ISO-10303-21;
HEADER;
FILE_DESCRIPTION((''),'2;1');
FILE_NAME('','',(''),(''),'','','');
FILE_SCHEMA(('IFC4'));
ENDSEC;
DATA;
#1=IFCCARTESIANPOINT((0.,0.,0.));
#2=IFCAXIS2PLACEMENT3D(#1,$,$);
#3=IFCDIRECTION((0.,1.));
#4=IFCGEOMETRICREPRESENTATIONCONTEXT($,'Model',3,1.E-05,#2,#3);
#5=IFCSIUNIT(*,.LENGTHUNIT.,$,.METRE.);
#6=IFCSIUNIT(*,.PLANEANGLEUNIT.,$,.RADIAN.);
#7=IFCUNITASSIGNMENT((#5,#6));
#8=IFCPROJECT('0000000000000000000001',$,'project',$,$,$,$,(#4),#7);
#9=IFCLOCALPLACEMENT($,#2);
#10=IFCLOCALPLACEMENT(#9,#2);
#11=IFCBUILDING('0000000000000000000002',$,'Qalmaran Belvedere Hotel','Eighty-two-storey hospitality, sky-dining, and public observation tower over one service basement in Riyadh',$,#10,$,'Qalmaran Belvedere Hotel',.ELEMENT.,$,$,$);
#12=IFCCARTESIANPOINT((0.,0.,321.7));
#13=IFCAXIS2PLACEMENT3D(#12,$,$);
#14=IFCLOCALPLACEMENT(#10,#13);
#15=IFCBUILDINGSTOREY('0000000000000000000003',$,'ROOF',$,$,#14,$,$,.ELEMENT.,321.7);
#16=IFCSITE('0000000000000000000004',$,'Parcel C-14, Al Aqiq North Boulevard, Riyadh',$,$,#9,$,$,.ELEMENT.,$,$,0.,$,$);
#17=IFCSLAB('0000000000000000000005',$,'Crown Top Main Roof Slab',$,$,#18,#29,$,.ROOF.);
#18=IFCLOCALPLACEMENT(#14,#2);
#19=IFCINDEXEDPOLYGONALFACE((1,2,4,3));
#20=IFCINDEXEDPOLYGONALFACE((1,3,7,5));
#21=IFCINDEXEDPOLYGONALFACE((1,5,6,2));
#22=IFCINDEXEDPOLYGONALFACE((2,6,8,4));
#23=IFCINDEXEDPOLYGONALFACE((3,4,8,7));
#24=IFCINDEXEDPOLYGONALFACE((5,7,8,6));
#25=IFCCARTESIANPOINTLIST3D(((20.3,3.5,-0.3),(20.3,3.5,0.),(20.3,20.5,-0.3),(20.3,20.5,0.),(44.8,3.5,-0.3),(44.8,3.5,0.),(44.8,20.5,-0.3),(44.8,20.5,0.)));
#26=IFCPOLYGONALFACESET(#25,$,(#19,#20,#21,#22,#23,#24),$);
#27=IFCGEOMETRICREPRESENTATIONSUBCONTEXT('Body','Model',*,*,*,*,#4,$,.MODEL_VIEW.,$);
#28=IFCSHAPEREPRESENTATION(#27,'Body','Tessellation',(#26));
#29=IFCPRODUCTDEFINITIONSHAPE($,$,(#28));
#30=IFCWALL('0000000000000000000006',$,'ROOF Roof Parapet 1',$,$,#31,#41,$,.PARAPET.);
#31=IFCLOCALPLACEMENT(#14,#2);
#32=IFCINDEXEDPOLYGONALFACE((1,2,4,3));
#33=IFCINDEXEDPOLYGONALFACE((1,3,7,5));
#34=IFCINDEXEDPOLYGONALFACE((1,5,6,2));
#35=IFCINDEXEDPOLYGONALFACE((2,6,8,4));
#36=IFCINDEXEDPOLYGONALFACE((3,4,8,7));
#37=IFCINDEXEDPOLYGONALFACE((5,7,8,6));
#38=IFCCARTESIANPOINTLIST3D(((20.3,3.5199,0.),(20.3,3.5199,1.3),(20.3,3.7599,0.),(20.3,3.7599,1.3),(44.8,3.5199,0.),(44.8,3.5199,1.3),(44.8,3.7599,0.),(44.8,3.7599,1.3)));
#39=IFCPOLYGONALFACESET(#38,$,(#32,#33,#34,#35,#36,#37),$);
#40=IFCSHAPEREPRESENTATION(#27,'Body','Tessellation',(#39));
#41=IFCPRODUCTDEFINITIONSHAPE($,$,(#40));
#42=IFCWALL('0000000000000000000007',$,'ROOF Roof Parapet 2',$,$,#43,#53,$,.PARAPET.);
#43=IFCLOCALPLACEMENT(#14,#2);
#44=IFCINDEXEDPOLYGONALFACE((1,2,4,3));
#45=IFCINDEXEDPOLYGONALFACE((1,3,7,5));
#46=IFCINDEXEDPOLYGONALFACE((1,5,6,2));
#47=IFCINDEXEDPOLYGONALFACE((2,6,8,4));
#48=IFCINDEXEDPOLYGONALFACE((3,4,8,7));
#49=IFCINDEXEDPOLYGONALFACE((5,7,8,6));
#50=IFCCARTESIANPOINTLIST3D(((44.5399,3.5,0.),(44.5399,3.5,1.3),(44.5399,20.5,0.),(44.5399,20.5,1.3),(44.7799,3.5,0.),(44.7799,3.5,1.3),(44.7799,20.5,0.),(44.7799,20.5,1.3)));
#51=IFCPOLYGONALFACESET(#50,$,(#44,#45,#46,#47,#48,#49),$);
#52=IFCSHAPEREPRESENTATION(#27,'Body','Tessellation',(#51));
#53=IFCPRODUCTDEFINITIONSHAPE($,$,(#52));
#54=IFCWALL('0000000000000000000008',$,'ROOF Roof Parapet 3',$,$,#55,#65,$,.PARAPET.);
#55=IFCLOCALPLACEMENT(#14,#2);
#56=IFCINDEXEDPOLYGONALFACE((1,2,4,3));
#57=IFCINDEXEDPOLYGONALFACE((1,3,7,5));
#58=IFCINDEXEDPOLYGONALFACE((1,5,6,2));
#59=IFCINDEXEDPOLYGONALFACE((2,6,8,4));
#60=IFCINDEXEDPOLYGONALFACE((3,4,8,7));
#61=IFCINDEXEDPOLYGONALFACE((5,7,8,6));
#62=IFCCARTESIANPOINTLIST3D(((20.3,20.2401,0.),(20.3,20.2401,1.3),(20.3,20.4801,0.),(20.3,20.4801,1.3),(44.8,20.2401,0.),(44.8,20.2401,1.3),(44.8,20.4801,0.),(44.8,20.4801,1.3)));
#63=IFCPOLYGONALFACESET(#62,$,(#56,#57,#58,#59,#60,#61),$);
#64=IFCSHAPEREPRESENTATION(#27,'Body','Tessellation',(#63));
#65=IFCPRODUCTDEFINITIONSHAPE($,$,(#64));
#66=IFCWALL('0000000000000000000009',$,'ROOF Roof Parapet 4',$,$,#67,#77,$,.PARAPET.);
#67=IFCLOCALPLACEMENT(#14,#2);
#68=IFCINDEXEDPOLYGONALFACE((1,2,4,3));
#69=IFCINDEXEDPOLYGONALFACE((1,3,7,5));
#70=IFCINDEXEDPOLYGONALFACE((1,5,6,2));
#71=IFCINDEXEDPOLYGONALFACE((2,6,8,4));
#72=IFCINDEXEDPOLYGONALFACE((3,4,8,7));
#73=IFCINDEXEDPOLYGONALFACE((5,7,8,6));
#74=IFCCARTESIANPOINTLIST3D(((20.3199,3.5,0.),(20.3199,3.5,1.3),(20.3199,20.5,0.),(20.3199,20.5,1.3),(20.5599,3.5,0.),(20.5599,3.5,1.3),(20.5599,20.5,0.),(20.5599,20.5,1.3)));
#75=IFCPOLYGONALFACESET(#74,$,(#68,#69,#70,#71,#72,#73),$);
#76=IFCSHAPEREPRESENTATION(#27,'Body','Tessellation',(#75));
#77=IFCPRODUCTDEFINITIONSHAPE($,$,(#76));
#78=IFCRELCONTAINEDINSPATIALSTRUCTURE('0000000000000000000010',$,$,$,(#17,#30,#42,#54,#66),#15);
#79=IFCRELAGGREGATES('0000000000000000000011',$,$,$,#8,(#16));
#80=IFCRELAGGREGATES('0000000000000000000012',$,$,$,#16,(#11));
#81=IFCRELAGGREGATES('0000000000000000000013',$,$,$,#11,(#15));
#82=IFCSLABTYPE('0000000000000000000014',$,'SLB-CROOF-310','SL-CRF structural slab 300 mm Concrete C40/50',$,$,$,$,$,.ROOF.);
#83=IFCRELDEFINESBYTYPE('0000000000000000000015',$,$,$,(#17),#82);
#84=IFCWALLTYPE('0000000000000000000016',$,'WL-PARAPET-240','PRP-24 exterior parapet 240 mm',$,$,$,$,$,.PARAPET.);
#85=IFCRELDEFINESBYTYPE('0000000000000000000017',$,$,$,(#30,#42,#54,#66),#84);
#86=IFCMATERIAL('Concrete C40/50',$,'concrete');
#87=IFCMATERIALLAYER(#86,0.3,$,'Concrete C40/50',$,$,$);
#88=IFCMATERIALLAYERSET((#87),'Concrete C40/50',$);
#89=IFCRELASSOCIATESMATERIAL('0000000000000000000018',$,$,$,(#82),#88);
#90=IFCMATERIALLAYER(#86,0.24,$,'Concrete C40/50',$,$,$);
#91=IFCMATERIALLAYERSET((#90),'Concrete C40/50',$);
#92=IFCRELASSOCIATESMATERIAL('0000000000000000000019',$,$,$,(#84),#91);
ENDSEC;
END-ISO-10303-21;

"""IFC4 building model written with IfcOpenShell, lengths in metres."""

from ifc_helpers import new_model, si_unit, direction, frame, frame_2d, origin, place, context, subcontext, project, spatial, polyline, rectangle, outline, extrude, material, layer, layer_set, type_object, element, save


model = new_model("IFC4")

# Units and contexts
model_context = context("Model", 3, precision=1e-05, world=origin(), true_north=direction((0.0, 1.0)))
body_context = subcontext(model_context, "Body", "Model", "MODEL_VIEW")
ifc_project = project(units=[si_unit("LENGTHUNIT", "METRE"), si_unit("PLANEANGLEUNIT", "RADIAN")], contexts=[model_context])

# Site, building, storey
site_placement = place(None, origin())
site = spatial("IfcSite", under=ifc_project, at=site_placement, Name="Parcel C-14, Al Aqiq North Boulevard, Riyadh", CompositionType="ELEMENT", RefElevation=0.0)
building_placement = place(site_placement, origin())
building = spatial("IfcBuilding", under=site, at=building_placement, Name="Qalmaran Belvedere Hotel", Description="Eighty-two-storey hospitality, sky-dining, and public observation tower over one service basement in Riyadh", LongName="Qalmaran Belvedere Hotel", CompositionType="ELEMENT")
storey_placement = place(building_placement, frame((0.0, 0.0, 321.7)))
storey = spatial("IfcBuildingStorey", under=building, at=storey_placement, Name="ROOF", CompositionType="ELEMENT", Elevation=321.7)

# Slab
ifc_material = material(Name="Concrete C40/50", Category="concrete")
ifc_layer_1 = layer(ifc_material, 0.3, Name="Concrete C40/50")
ifc_layer_set_1 = layer_set([ifc_layer_1], Name="Concrete C40/50")
slab_type = type_object("IfcSlabType", Name="SLB-CROOF-310", Description="SL-CRF structural slab 300 mm Concrete C40/50", PredefinedType="ROOF", material=ifc_layer_set_1)
slab_placement = place(storey_placement, frame((0.0, 0.0, -0.3)))
element("IfcSlab", 1, at=slab_placement, inside=storey, type_object=slab_type, Name="Crown Top Main Roof Slab", PredefinedType="ROOF", context=body_context, shape_type="SweptSolid", body=[
    extrude(outline(polyline([(20.3, 3.5), (44.8, 3.5), (44.8, 20.5), (20.3, 20.5), (20.3, 3.5)])), origin(), (0.0, 0.0, 1.0), 0.3),
])

# Walls
ifc_layer_2 = layer(ifc_material, 0.24, Name="Concrete C40/50")
ifc_layer_set_2 = layer_set([ifc_layer_2], Name="Concrete C40/50")
wall_type = type_object("IfcWallType", Name="WL-PARAPET-240", Description="PRP-24 exterior parapet 240 mm", PredefinedType="PARAPET", material=ifc_layer_set_2)
wall_1_placement = place(storey_placement, frame((20.3, 3.6399, 0.0), z_axis=(0.0, 0.0, 1.0), x_axis=(1.0, 0.0, 0.0)))
element("IfcWall", 2, at=wall_1_placement, inside=storey, type_object=wall_type, Name="ROOF Roof Parapet 1", PredefinedType="PARAPET", context=body_context, shape_type="SweptSolid", body=[
    extrude(rectangle(XDim=24.5, YDim=0.24, at=frame_2d((12.25, 0.0))), origin(), (0.0, 0.0, 1.0), 1.3),
])
wall_2_placement = place(storey_placement, frame((44.6599, 3.5, 0.0), z_axis=(0.0, 0.0, 1.0), x_axis=(0.0, 1.0, 0.0)))
element("IfcWall", 3, at=wall_2_placement, inside=storey, type_object=wall_type, Name="ROOF Roof Parapet 2", PredefinedType="PARAPET", context=body_context, shape_type="SweptSolid", body=[
    extrude(rectangle(XDim=17.0, YDim=0.24, at=frame_2d((8.5, 0.0))), origin(), (0.0, 0.0, 1.0), 1.3),
])
wall_3_placement = place(storey_placement, frame((44.8, 20.3601, 0.0), z_axis=(0.0, 0.0, 1.0), x_axis=(-1.0, 0.0, 0.0)))
element("IfcWall", 4, at=wall_3_placement, inside=storey, type_object=wall_type, Name="ROOF Roof Parapet 3", PredefinedType="PARAPET", context=body_context, shape_type="SweptSolid", body=[
    extrude(rectangle(XDim=24.5, YDim=0.24, at=frame_2d((12.25, 0.0))), origin(), (0.0, 0.0, 1.0), 1.3),
])
wall_4_placement = place(storey_placement, frame((20.4399, 20.5, 0.0), z_axis=(0.0, 0.0, 1.0), x_axis=(0.0, -1.0, 0.0)))
element("IfcWall", 5, at=wall_4_placement, inside=storey, type_object=wall_type, Name="ROOF Roof Parapet 4", PredefinedType="PARAPET", context=body_context, shape_type="SweptSolid", body=[
    extrude(rectangle(XDim=17.0, YDim=0.24, at=frame_2d((8.5, 0.0))), origin(), (0.0, 0.0, 1.0), 1.3),
])

save(model, "model.ifc")
